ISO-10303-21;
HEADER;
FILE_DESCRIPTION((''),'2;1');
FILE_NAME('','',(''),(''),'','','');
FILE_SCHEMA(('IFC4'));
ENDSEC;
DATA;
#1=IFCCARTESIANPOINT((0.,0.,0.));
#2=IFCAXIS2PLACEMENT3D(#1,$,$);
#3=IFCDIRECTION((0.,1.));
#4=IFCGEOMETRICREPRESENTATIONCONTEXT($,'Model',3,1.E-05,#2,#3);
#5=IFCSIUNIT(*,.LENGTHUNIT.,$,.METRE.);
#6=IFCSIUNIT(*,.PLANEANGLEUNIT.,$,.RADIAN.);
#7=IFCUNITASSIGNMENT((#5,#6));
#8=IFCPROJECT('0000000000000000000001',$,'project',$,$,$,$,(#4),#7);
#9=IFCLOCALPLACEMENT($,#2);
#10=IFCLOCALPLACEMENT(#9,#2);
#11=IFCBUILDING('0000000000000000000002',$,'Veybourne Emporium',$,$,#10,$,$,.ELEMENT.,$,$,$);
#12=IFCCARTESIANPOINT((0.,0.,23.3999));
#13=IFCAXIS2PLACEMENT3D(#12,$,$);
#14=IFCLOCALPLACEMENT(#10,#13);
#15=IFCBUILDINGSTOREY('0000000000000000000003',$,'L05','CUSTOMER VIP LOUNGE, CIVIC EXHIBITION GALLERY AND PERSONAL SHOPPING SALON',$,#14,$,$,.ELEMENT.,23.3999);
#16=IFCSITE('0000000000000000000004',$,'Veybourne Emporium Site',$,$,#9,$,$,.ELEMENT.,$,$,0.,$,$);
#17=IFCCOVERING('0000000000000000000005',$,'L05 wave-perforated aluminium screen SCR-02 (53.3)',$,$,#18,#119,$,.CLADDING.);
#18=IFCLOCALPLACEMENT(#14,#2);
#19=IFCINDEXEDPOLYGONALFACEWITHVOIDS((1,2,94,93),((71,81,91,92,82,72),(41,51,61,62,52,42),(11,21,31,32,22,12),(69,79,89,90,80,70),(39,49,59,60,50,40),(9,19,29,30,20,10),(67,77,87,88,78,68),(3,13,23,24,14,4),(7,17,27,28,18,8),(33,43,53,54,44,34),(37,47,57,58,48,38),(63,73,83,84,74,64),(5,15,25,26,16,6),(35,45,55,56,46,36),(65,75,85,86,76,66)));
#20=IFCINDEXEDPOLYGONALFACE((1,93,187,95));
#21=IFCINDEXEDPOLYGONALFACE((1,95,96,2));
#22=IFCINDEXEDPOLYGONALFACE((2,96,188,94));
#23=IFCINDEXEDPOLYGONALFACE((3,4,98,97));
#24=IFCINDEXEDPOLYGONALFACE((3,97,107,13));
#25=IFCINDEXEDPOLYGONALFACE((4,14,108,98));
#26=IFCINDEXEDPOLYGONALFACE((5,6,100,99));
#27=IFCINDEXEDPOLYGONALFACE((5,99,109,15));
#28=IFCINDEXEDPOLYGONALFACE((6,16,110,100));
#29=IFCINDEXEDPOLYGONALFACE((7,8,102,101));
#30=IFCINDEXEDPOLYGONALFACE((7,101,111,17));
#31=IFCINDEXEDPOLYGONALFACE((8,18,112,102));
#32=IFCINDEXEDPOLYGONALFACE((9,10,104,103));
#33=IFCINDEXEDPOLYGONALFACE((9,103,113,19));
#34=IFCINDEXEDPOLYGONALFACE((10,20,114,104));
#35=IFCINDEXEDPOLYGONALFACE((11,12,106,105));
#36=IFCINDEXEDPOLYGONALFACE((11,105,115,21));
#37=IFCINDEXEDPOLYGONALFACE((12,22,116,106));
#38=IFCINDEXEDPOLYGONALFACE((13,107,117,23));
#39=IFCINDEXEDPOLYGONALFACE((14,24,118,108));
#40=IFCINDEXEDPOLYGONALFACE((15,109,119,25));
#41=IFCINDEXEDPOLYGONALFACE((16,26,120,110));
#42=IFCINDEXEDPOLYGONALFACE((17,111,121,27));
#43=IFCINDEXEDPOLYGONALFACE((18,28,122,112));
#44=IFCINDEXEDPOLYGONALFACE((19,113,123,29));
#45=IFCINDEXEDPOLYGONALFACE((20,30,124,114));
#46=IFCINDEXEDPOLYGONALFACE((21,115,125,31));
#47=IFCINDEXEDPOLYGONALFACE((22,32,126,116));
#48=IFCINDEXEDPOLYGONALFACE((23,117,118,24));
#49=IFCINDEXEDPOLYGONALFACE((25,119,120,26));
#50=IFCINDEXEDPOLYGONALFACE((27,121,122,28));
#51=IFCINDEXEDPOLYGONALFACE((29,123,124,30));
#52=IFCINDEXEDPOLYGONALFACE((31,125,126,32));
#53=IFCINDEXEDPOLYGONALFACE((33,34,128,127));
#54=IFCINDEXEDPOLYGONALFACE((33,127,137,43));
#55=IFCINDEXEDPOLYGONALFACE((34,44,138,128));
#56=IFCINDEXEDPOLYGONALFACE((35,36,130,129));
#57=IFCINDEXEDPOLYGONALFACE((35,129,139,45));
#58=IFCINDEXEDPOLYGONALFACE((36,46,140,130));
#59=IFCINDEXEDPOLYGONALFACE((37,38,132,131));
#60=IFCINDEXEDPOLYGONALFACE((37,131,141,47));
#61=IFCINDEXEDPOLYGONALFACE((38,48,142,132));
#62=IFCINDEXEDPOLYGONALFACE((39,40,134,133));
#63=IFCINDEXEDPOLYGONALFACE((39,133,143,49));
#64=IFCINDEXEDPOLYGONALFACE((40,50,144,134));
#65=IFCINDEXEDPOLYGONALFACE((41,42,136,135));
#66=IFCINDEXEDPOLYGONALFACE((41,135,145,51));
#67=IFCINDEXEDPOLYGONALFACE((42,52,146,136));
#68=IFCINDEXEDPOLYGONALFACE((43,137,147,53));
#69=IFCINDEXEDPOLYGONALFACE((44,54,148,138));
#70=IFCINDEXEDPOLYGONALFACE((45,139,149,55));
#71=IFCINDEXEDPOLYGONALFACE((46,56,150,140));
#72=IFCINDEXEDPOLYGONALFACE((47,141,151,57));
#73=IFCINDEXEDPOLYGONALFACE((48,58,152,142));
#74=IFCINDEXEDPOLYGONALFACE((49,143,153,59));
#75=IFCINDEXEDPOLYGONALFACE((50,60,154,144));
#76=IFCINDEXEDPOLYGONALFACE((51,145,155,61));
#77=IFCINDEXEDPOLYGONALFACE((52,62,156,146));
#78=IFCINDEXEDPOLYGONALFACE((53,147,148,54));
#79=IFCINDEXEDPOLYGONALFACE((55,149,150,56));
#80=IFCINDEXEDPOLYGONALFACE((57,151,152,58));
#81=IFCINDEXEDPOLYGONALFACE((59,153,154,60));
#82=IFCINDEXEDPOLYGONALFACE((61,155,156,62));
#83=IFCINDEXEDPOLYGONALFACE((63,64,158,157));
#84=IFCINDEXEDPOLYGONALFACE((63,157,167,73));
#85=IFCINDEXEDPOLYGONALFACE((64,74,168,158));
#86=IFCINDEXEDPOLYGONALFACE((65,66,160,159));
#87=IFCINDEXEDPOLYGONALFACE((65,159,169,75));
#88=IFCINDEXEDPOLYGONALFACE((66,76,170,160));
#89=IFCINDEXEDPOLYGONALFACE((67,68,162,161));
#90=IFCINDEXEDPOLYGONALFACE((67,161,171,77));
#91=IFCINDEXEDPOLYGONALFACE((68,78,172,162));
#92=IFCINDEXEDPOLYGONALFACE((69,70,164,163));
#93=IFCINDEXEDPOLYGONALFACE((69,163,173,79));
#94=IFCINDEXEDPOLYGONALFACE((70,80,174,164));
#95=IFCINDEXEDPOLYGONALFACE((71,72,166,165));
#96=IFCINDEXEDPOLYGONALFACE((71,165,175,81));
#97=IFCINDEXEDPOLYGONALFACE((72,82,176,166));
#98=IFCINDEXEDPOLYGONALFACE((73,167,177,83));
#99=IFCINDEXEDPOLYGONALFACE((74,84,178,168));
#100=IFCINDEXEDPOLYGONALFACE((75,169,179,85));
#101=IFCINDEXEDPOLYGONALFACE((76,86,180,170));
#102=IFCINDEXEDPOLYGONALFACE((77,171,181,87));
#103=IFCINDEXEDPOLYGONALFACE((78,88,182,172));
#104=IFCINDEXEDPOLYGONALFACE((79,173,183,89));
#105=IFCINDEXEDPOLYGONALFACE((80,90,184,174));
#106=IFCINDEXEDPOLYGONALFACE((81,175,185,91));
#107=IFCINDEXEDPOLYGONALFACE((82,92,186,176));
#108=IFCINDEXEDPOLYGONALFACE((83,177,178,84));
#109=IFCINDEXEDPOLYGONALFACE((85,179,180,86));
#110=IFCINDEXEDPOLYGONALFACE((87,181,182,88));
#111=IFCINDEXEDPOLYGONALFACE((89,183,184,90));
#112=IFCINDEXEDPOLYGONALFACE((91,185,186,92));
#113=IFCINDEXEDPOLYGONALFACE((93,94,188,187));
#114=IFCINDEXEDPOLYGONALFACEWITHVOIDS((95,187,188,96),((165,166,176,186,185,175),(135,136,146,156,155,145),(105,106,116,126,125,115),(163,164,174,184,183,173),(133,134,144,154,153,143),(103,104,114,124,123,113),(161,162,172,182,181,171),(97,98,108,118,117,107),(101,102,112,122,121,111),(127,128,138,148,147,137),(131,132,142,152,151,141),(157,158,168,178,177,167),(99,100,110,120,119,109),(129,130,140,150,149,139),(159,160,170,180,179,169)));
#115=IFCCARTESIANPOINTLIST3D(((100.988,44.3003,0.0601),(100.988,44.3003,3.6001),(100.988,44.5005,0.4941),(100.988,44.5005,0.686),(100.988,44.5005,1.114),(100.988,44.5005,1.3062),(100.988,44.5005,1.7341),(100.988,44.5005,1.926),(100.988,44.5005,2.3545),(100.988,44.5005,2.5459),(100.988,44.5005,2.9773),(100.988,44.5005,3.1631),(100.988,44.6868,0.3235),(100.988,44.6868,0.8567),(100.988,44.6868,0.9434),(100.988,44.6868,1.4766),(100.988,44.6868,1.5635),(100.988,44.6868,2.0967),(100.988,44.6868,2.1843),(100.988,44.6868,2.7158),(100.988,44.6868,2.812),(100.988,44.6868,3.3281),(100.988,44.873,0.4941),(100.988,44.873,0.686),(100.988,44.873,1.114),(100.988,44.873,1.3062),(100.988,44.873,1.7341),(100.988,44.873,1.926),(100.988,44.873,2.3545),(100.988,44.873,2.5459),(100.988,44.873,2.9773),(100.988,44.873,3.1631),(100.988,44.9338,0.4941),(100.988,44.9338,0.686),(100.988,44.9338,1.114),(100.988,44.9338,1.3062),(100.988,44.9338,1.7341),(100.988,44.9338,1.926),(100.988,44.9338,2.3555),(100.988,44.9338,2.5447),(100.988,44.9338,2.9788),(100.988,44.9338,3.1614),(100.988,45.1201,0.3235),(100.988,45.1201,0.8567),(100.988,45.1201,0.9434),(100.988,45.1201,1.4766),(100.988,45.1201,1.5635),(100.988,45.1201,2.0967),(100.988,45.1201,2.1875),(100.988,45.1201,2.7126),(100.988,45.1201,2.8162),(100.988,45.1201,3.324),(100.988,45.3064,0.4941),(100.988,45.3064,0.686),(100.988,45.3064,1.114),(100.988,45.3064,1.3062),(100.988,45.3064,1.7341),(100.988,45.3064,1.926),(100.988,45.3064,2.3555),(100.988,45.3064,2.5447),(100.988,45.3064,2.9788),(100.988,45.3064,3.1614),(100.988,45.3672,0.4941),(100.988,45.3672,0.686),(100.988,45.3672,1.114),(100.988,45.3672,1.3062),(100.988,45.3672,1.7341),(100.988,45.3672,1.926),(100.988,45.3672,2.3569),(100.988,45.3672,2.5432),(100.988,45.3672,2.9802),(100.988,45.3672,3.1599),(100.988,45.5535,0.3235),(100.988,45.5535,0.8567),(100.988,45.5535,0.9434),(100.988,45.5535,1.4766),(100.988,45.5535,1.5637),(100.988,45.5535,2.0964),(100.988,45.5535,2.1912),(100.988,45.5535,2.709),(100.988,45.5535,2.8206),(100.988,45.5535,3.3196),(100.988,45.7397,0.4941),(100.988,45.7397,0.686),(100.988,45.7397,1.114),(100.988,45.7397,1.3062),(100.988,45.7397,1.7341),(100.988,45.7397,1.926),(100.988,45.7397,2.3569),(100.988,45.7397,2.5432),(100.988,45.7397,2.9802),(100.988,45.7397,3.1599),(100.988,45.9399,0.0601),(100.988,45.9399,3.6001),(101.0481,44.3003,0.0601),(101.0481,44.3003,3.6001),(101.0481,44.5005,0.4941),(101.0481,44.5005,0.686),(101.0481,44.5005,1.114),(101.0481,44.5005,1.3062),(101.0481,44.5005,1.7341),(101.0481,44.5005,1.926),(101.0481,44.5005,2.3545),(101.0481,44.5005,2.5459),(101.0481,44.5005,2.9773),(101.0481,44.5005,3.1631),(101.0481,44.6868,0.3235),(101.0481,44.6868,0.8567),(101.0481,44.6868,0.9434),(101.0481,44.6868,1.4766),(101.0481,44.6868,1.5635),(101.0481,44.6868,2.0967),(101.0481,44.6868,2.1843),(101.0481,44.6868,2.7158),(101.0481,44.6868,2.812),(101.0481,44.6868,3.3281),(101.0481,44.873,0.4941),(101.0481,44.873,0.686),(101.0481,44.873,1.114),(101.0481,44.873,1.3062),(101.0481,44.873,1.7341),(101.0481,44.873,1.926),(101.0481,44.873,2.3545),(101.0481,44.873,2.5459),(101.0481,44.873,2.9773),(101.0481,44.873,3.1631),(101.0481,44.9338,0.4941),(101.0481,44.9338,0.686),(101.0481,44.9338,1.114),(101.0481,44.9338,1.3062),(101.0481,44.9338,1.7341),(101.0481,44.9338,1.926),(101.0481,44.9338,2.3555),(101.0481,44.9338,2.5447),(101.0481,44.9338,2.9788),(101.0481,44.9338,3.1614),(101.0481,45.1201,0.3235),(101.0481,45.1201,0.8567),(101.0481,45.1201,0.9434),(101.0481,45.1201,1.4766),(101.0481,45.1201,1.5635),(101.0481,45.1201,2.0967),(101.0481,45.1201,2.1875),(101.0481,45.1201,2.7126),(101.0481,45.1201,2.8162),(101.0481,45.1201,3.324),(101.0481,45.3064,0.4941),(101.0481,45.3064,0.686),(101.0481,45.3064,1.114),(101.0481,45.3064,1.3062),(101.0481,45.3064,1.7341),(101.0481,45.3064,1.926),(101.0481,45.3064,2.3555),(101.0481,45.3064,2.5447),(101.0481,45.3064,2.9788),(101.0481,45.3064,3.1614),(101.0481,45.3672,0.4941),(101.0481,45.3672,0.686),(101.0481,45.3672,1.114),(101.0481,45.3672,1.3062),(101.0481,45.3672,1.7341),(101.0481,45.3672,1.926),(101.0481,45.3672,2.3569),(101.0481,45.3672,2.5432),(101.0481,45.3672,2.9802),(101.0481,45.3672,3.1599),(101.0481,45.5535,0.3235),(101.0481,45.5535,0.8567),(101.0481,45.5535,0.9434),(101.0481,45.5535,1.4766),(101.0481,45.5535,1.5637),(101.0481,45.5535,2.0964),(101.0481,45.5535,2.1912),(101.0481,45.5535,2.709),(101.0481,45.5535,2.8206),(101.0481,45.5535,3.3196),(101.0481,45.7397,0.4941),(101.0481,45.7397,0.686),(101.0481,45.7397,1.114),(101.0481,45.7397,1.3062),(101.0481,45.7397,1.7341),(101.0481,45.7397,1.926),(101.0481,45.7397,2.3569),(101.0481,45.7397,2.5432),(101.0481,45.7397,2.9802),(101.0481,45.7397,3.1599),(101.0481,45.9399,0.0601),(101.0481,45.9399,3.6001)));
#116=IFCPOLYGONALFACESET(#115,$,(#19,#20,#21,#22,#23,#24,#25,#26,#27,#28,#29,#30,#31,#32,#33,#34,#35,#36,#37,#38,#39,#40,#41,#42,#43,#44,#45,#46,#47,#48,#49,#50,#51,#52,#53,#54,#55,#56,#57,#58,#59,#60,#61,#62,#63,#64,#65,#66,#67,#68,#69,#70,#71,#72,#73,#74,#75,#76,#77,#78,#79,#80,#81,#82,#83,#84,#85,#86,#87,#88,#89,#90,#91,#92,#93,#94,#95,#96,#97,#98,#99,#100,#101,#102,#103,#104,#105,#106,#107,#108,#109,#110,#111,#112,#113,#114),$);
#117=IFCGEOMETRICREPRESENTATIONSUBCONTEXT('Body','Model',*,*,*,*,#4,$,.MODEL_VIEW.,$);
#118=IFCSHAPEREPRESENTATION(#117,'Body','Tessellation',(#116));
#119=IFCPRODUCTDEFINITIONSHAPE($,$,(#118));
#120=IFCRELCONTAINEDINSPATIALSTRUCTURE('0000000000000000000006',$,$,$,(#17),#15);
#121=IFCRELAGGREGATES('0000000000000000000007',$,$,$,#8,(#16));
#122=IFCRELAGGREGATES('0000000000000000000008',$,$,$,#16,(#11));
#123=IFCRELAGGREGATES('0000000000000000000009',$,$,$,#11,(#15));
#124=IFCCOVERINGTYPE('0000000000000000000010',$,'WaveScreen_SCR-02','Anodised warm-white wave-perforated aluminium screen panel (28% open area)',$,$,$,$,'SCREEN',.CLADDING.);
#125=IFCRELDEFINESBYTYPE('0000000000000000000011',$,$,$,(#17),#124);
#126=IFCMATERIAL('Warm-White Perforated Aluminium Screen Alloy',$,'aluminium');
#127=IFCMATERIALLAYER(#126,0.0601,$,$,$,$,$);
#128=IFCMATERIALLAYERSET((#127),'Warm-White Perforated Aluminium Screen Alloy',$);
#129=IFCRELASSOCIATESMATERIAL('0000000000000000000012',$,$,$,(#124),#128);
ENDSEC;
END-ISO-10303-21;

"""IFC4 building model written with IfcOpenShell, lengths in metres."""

from ifc_helpers import new_model, si_unit, direction, frame, origin, place, context, subcontext, project, spatial, polyline, outline, extrude, material, layer, layer_set, type_object, element, save


model = new_model("IFC4")

# Units and contexts
model_context = context("Model", 3, precision=1e-05, world=origin(), true_north=direction((0.0, 1.0)))
body_context = subcontext(model_context, "Body", "Model", "MODEL_VIEW")
ifc_project = project(units=[si_unit("LENGTHUNIT", "METRE"), si_unit("PLANEANGLEUNIT", "RADIAN")], contexts=[model_context])

# Site, building, storey
site_placement = place(None, origin())
site = spatial("IfcSite", under=ifc_project, at=site_placement, Name="Veybourne Emporium Site", CompositionType="ELEMENT", RefElevation=0.0)
building_placement = place(site_placement, origin())
building = spatial("IfcBuilding", under=site, at=building_placement, Name="Veybourne Emporium", CompositionType="ELEMENT")
storey_placement = place(building_placement, frame((0.0, 0.0, 23.3999)))
storey = spatial("IfcBuildingStorey", under=building, at=storey_placement, Name="L05", Description="CUSTOMER VIP LOUNGE, CIVIC EXHIBITION GALLERY AND PERSONAL SHOPPING SALON", CompositionType="ELEMENT", Elevation=23.3999)

# Covering
ifc_material_1 = material(Name="Warm-White Perforated Aluminium Screen Alloy", Category="aluminium")
ifc_layer_1 = layer(ifc_material_1, 0.0601)
ifc_layer_set_1 = layer_set([ifc_layer_1], Name="Warm-White Perforated Aluminium Screen Alloy")
covering_type_1 = type_object("IfcCoveringType", Name="WaveScreen_SCR-02", Description="Anodised warm-white wave-perforated aluminium screen panel (28% open area)", ElementType="SCREEN", PredefinedType="CLADDING", material=ifc_layer_set_1)
covering_1_placement = place(storey_placement, frame((101.0481, 45.1201, 1.8301), z_axis=(-1.0, 0.0, 0.0), x_axis=(0.0, -1.0, 0.0)))
element("IfcCovering", 1, at=covering_1_placement, inside=storey, type_object=covering_type_1, Name="L05 wave-perforated aluminium screen SCR-02 (53.3)", PredefinedType="CLADDING", context=body_context, shape_type="SweptSolid", body=[
    extrude(outline(polyline([(-0.8198, -1.77), (0.8198, -1.77), (0.8198, 1.77), (-0.8198, 1.77), (-0.8198, -1.77)]), holes=[polyline([(-0.4333, -0.9734), (-0.2471, -1.144), (-0.2471, -1.3359), (-0.4333, -1.5066), (-0.6196, -1.3359), (-0.6196, -1.144), (-0.4333, -0.9734)]), polyline([(-0.4333, -0.3535), (-0.2471, -0.5239), (-0.2471, -0.7161), (-0.4333, -0.8867), (-0.6196, -0.7161), (-0.6196, -0.5239), (-0.4333, -0.3535)]), polyline([(-0.4333, 0.2664), (-0.2471, 0.0959), (-0.2471, -0.0959), (-0.4333, -0.2664), (-0.6196, -0.0959), (-0.6196, 0.0959), (-0.4333, 0.2664)]), polyline([(-0.4333, 0.8789), (-0.2471, 0.7131), (-0.2471, 0.5269), (-0.4333, 0.3611), (-0.6196, 0.5269), (-0.6196, 0.7131), (-0.4333, 0.8789)]), polyline([(-0.4333, 1.4895), (-0.2471, 1.3298), (-0.2471, 1.1501), (-0.4333, 0.9905), (-0.6196, 1.1501), (-0.6196, 1.3298), (-0.4333, 1.4895)]), polyline([(0.0, -0.9734), (0.1863, -1.144), (0.1863, -1.3359), (0.0, -1.5066), (-0.1863, -1.3359), (-0.1863, -1.144), (0.0, -0.9734)]), polyline([(0.0, -0.3535), (0.1863, -0.5239), (0.1863, -0.7161), (0.0, -0.8867), (-0.1863, -0.7161), (-0.1863, -0.5239), (0.0, -0.3535)]), polyline([(0.0, 0.2666), (0.1863, 0.0959), (0.1863, -0.0959), (0.0, -0.2666), (-0.1863, -0.0959), (-0.1863, 0.0959), (0.0, 0.2666)]), polyline([(0.0, 0.8826), (0.1863, 0.7146), (0.1863, 0.5254), (0.0, 0.3574), (-0.1863, 0.5254), (-0.1863, 0.7146), (0.0, 0.8826)]), polyline([(0.0, 1.4939), (0.1863, 1.3313), (0.1863, 1.1487), (0.0, 0.9861), (-0.1863, 1.1487), (-0.1863, 1.3313), (0.0, 1.4939)]), polyline([(0.4333, -0.9734), (0.6196, -1.144), (0.6196, -1.3359), (0.4333, -1.5066), (0.2471, -1.3359), (0.2471, -1.144), (0.4333, -0.9734)]), polyline([(0.4333, -0.3535), (0.6196, -0.5239), (0.6196, -0.7161), (0.4333, -0.8867), (0.2471, -0.7161), (0.2471, -0.5239), (0.4333, -0.3535)]), polyline([(0.4333, 0.2666), (0.6196, 0.0959), (0.6196, -0.0959), (0.4333, -0.2666), (0.2471, -0.0959), (0.2471, 0.0959), (0.4333, 0.2666)]), polyline([(0.4333, 0.8857), (0.6196, 0.7158), (0.6196, 0.5244), (0.4333, 0.3542), (0.2471, 0.5244), (0.2471, 0.7158), (0.4333, 0.8857)]), polyline([(0.4333, 1.498), (0.6196, 1.333), (0.6196, 1.1472), (0.4333, 0.9819), (0.2471, 1.1472), (0.2471, 1.333), (0.4333, 1.498)])]), origin(), (0.0, 0.0, 1.0), 0.0601),
])

save(model, "model.ifc")
